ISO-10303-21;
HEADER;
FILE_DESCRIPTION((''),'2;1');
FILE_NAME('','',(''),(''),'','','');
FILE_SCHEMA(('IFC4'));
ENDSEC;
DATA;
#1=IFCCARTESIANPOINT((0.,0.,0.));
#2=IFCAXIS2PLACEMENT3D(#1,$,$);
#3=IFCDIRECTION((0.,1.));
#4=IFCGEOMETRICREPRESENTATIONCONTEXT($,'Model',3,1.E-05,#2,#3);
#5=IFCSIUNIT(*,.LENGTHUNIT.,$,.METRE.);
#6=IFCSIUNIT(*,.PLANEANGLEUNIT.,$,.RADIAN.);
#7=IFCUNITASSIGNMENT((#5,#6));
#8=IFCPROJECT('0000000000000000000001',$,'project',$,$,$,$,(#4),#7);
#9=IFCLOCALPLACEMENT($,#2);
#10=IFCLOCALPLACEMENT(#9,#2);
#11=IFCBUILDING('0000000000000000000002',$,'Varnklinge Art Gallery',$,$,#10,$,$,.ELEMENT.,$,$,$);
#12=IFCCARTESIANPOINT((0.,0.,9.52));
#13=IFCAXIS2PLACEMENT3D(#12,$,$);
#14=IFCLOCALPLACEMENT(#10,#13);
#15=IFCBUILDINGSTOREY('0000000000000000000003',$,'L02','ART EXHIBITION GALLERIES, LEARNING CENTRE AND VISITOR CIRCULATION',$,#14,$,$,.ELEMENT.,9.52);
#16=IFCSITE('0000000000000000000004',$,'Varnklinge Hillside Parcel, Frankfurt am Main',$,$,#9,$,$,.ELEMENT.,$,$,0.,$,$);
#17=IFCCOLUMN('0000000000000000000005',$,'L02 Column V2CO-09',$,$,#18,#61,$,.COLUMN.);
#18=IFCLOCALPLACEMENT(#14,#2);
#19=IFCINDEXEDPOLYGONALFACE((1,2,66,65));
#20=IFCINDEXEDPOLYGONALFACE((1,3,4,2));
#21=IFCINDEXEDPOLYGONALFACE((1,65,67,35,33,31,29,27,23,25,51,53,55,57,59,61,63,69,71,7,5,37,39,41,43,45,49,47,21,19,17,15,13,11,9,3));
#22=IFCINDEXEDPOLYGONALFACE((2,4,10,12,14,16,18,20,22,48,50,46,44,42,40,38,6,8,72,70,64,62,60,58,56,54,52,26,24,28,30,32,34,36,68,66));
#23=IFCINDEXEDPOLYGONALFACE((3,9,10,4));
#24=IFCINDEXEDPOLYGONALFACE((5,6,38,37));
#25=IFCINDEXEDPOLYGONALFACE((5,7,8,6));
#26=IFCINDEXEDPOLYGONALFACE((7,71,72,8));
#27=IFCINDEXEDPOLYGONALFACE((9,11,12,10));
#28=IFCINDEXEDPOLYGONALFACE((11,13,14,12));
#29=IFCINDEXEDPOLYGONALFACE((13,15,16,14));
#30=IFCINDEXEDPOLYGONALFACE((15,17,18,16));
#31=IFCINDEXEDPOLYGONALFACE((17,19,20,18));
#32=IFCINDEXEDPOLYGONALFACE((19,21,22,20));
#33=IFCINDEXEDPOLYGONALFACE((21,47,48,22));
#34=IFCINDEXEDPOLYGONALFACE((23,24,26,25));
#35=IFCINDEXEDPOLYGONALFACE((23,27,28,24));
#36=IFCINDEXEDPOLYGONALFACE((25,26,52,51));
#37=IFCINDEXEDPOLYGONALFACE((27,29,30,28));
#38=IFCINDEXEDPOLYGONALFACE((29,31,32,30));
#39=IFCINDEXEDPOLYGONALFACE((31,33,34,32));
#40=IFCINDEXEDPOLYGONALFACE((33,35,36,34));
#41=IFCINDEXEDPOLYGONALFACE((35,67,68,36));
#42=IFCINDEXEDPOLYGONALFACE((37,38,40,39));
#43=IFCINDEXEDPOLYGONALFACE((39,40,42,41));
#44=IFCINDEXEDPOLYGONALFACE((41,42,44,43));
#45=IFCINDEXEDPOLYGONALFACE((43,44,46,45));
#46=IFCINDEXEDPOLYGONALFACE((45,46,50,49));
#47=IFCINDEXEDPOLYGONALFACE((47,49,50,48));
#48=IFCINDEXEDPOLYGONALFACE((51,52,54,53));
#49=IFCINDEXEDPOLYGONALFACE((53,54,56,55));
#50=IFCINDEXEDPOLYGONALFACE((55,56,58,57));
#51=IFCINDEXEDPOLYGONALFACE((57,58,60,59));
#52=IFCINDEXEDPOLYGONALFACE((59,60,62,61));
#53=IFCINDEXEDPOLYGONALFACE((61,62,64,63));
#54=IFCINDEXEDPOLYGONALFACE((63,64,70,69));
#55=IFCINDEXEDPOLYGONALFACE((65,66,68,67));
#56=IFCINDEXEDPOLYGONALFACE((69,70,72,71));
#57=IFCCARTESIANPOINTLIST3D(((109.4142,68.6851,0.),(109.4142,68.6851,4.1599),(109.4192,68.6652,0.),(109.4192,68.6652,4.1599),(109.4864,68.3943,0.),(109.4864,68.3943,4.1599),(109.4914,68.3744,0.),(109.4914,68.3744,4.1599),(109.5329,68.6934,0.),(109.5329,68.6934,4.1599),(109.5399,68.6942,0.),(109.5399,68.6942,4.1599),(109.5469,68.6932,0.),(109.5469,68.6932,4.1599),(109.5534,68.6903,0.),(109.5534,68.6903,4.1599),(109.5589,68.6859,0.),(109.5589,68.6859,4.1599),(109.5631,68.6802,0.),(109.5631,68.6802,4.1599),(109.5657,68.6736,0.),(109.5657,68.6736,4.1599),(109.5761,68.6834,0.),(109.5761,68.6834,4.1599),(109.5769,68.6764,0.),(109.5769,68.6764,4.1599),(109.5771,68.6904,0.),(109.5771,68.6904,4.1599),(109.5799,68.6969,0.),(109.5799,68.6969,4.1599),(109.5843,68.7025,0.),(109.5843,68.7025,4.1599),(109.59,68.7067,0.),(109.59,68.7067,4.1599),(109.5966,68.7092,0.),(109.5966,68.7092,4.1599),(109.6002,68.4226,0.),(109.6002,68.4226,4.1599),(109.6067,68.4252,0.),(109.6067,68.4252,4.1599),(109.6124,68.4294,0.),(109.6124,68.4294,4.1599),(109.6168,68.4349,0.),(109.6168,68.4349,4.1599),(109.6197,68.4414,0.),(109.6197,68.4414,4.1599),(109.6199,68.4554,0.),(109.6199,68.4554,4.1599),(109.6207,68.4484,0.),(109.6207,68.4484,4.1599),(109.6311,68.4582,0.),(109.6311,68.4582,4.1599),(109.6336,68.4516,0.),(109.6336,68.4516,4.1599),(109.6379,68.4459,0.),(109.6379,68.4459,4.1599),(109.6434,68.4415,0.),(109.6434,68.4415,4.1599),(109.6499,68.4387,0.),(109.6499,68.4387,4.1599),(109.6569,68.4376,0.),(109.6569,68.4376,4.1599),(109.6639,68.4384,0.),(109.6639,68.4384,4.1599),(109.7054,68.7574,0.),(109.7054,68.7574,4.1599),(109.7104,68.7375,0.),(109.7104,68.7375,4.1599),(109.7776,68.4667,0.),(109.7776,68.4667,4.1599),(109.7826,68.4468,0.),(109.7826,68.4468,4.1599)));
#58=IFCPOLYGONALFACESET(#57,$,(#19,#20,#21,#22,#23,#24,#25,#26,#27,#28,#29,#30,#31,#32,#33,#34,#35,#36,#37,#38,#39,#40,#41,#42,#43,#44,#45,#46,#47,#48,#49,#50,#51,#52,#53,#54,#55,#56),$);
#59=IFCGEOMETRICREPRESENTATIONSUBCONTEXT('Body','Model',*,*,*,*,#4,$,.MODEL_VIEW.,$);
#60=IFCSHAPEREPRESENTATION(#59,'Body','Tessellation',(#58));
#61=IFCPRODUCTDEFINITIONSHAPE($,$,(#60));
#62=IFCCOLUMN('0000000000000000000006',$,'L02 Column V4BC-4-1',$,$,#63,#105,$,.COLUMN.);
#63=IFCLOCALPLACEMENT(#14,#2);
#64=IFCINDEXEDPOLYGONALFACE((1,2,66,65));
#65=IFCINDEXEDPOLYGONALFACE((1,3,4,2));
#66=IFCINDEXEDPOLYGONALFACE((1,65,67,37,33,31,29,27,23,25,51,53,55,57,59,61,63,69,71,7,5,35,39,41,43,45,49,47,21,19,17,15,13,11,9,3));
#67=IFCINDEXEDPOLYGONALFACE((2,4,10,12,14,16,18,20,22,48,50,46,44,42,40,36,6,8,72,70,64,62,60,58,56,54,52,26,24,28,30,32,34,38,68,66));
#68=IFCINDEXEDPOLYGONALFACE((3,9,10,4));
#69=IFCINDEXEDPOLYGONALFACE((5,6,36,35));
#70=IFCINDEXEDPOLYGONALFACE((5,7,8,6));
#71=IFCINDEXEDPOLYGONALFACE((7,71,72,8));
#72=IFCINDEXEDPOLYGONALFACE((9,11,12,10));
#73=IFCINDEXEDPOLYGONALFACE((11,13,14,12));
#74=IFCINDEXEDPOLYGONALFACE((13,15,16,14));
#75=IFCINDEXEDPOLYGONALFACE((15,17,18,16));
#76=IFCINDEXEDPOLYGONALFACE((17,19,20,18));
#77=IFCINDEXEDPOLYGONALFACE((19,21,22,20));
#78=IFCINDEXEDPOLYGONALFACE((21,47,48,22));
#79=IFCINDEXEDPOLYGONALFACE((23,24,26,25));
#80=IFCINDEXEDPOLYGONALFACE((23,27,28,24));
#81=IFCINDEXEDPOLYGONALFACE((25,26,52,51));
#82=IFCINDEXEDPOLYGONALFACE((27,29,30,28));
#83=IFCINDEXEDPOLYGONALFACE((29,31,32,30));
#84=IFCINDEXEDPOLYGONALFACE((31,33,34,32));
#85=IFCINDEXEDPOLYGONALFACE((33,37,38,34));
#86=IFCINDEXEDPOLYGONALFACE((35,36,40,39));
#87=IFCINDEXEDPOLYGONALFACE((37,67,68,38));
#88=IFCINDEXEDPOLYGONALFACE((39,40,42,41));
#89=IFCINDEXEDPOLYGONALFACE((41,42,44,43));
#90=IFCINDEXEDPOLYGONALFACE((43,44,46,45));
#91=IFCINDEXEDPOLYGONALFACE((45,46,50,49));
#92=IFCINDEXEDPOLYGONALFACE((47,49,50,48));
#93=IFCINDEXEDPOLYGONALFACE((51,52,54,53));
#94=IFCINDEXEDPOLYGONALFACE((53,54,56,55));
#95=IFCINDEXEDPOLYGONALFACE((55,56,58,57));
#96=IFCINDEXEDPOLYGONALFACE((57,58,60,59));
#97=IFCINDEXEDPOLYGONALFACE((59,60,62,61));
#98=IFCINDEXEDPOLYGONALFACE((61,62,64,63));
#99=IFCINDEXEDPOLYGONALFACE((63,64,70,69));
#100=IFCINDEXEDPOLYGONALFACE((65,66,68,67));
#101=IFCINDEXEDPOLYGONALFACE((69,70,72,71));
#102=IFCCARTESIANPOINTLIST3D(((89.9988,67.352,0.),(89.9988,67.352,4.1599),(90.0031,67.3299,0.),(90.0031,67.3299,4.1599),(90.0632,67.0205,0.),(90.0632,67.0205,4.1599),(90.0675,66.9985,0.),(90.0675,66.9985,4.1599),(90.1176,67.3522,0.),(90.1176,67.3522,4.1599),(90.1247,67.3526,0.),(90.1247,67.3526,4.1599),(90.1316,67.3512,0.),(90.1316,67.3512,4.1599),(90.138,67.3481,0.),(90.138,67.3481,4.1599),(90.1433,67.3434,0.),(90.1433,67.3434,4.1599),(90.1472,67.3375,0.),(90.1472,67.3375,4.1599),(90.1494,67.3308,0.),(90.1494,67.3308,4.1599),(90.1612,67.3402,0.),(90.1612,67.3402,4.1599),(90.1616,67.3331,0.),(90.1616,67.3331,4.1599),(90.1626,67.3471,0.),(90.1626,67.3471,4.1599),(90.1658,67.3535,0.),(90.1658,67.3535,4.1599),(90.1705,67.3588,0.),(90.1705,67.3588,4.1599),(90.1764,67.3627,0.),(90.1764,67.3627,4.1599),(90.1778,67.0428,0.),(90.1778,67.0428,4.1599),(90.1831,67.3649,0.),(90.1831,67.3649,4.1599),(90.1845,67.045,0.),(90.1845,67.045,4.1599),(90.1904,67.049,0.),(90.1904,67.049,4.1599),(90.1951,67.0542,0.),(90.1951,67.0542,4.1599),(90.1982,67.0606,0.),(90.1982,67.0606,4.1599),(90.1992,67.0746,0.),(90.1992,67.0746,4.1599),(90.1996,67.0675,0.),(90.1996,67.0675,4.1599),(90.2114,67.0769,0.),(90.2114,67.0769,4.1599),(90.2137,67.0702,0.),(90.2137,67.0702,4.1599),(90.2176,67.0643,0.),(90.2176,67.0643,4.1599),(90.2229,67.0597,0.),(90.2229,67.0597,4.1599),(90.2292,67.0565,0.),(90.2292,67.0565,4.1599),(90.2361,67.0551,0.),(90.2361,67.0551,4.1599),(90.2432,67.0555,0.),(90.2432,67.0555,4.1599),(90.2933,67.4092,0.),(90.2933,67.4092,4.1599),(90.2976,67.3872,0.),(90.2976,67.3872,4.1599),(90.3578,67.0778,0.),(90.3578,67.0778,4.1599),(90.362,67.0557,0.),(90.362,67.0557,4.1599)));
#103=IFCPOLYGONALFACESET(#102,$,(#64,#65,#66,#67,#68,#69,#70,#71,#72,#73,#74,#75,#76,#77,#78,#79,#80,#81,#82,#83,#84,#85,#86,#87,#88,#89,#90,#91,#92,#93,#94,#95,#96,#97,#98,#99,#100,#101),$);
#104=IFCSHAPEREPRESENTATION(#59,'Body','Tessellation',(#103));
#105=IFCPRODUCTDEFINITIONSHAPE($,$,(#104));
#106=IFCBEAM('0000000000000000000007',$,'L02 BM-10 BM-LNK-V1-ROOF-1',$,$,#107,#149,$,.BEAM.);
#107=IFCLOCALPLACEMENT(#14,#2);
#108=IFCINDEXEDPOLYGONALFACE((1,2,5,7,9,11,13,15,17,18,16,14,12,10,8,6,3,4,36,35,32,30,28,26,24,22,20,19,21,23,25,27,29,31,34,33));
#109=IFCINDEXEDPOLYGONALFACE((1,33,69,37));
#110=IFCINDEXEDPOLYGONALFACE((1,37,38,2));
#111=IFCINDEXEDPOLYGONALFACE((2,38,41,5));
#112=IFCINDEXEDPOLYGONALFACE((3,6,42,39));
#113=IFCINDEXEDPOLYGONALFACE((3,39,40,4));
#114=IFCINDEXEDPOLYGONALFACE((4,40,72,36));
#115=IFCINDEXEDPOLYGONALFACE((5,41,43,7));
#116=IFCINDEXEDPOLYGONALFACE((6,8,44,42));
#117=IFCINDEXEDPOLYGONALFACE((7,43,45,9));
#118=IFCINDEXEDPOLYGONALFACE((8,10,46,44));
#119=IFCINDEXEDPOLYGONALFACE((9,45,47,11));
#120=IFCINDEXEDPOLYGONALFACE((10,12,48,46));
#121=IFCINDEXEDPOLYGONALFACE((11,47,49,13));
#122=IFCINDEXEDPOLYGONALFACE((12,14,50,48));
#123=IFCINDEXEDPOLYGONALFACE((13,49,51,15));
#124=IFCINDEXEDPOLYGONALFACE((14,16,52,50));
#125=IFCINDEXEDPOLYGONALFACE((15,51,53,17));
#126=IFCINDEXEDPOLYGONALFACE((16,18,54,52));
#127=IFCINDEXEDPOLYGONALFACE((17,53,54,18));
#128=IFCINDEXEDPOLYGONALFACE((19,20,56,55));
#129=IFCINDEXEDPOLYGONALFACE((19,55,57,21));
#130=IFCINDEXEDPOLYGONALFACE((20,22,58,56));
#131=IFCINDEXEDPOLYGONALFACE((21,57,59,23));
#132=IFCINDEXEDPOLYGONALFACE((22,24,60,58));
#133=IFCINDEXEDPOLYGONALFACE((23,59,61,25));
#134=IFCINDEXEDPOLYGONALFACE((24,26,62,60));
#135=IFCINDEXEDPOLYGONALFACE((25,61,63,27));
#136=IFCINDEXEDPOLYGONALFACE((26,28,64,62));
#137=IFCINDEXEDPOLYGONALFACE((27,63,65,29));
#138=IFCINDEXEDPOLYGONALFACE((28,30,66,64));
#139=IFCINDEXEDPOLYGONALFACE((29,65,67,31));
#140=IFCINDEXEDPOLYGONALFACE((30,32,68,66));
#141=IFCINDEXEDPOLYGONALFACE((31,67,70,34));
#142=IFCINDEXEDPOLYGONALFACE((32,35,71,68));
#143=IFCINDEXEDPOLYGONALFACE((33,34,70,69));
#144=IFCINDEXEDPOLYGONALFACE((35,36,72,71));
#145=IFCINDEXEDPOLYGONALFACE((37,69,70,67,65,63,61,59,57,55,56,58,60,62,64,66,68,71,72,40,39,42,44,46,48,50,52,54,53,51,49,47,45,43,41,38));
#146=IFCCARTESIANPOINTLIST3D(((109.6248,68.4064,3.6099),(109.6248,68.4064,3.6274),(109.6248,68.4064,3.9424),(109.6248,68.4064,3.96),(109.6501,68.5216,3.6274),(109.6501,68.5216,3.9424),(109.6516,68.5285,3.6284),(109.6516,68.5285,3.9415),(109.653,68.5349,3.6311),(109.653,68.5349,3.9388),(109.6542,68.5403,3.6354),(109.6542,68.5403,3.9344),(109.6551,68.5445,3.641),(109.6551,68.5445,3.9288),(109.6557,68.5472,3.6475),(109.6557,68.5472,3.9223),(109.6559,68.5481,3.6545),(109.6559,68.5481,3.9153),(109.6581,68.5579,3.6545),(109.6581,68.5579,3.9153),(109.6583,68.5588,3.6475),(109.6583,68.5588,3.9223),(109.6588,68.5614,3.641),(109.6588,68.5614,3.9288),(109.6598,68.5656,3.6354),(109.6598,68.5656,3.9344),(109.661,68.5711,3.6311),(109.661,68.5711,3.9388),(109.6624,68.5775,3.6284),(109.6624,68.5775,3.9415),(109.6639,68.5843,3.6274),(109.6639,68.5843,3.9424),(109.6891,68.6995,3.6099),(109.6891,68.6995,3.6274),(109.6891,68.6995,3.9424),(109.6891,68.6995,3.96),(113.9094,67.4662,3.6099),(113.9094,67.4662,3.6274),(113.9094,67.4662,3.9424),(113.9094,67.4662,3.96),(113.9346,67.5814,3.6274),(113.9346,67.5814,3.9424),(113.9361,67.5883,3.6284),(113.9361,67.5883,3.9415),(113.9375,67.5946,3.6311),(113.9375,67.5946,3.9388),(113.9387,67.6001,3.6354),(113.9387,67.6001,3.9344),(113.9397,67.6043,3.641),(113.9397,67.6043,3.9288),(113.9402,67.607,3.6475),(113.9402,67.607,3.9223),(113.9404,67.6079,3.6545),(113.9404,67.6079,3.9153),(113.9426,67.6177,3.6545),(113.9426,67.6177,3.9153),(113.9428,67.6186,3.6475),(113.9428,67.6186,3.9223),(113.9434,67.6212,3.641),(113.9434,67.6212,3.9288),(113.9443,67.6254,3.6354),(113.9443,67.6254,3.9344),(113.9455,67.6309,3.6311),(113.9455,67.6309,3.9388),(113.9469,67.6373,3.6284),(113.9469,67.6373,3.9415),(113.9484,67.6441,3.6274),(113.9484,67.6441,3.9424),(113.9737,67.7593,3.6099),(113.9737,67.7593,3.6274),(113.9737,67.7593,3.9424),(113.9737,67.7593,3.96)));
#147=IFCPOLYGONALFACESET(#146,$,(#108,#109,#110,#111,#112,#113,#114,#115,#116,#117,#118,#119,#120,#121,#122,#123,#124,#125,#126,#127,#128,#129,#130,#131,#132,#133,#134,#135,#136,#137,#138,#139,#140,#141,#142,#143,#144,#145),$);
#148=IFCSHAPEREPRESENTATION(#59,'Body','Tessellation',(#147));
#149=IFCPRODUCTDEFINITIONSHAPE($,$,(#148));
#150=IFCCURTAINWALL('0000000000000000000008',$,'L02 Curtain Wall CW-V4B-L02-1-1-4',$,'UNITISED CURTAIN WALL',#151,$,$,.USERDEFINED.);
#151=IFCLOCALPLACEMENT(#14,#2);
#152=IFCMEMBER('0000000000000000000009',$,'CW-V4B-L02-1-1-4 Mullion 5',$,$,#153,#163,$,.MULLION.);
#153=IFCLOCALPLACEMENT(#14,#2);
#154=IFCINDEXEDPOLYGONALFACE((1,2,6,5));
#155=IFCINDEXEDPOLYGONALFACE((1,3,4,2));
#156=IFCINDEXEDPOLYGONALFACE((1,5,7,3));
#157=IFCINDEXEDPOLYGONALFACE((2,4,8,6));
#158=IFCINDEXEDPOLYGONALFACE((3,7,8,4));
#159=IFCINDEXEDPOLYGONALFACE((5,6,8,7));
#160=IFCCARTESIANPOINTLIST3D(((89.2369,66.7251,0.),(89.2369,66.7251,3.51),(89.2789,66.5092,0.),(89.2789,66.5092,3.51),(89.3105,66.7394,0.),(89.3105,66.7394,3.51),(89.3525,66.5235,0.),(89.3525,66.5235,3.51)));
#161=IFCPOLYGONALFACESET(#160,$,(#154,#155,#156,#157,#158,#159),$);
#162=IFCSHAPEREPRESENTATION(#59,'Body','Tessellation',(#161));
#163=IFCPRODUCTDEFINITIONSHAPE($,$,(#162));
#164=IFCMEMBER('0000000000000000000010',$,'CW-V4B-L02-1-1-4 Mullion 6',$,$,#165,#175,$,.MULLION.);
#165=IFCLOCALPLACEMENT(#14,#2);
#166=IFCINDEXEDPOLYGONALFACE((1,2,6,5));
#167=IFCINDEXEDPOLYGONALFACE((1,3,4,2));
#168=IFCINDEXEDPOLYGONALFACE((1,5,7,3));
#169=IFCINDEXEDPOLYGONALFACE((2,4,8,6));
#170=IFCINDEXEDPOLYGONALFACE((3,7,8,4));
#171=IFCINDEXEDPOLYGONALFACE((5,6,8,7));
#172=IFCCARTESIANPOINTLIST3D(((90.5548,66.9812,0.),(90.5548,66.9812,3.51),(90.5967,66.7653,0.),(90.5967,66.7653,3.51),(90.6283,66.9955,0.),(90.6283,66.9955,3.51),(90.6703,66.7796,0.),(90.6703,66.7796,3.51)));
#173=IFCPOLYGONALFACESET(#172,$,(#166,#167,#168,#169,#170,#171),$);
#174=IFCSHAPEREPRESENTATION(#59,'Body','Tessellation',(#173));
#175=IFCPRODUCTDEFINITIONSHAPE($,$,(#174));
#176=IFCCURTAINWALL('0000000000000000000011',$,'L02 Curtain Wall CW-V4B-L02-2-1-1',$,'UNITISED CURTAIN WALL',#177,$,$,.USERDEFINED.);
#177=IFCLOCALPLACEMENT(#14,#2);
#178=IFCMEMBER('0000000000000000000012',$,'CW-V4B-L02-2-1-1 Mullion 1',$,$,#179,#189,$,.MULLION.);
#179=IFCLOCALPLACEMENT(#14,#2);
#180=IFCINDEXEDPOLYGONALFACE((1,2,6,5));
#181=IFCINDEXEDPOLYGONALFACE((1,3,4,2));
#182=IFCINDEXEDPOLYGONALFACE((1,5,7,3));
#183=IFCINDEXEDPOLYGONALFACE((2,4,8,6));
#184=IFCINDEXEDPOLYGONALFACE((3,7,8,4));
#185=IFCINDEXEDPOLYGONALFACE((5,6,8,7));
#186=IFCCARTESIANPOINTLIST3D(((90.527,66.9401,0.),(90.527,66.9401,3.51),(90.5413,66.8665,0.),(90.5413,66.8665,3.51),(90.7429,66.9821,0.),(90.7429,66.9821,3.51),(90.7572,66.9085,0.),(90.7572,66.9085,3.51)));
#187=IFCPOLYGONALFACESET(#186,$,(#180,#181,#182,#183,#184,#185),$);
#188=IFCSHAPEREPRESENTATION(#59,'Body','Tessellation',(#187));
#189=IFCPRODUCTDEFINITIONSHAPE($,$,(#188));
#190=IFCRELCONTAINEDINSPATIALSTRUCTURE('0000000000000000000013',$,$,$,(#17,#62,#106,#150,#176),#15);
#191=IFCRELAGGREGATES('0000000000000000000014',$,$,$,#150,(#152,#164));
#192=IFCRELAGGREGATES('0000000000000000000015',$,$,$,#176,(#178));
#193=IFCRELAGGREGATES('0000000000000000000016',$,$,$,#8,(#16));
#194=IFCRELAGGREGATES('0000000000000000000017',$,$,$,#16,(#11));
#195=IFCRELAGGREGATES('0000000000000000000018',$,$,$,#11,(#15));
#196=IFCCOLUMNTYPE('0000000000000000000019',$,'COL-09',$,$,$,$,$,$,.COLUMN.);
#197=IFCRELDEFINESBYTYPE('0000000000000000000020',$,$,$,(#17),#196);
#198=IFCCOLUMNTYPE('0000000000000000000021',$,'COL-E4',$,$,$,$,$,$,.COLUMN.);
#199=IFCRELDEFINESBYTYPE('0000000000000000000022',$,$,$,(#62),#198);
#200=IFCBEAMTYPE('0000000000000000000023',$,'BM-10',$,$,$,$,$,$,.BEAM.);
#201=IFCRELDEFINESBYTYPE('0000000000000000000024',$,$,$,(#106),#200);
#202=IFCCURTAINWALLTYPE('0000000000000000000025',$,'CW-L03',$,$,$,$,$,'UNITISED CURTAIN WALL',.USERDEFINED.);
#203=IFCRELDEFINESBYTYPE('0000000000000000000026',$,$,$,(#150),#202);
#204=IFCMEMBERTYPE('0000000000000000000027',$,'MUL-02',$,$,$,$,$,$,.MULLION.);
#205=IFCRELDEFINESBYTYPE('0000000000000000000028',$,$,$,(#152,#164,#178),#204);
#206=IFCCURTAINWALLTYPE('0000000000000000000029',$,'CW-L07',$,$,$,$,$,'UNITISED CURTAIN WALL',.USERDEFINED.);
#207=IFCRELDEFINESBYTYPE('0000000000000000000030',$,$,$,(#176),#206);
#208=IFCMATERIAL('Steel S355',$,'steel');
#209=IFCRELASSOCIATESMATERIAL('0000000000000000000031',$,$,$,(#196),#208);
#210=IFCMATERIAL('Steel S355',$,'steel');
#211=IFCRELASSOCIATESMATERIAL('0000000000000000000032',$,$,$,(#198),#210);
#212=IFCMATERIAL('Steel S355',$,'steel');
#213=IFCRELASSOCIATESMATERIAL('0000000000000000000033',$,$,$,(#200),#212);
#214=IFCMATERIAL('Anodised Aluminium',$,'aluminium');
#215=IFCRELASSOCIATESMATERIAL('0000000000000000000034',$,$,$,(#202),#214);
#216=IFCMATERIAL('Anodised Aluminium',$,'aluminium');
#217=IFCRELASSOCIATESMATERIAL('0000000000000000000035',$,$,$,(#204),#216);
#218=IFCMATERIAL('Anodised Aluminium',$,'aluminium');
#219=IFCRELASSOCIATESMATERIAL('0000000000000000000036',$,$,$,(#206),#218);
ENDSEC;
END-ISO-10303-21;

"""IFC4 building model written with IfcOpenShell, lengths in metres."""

from ifc_helpers import new_model, si_unit, direction, frame, origin, origin_2d, place, context, subcontext, project, spatial, rectangle, i_section, extrude, material, material_profile, profile_set, type_object, element, aggregate, save


model = new_model("IFC4")

# Units and contexts
model_context = context("Model", 3, precision=1e-05, world=origin(), true_north=direction((0.0, 1.0)))
body_context = subcontext(model_context, "Body", "Model", "MODEL_VIEW")
ifc_project = project(units=[si_unit("LENGTHUNIT", "METRE"), si_unit("PLANEANGLEUNIT", "RADIAN")], contexts=[model_context])

# Site, building, storey
site_placement = place(None, origin())
site = spatial("IfcSite", under=ifc_project, at=site_placement, Name="Varnklinge Hillside Parcel, Frankfurt am Main", CompositionType="ELEMENT", RefElevation=0.0)
building_placement = place(site_placement, origin())
building = spatial("IfcBuilding", under=site, at=building_placement, Name="Varnklinge Art Gallery", CompositionType="ELEMENT")
storey_placement = place(building_placement, frame((0.0, 0.0, 9.52)))
storey = spatial("IfcBuildingStorey", under=building, at=storey_placement, Name="L02", Description="ART EXHIBITION GALLERIES, LEARNING CENTRE AND VISITOR CIRCULATION", CompositionType="ELEMENT", Elevation=9.52)

# Columns
ifc_material_1 = material(Name="Steel S355", Category="steel")
ifc_material_profile_1 = material_profile(ifc_material_1, i_section(OverallWidth=0.3, OverallDepth=0.3201, WebThickness=0.0115, FlangeThickness=0.0205, FilletRadius=0.0271, at=origin_2d()), Name="HEB 320")
ifc_profile_set_1 = profile_set([ifc_material_profile_1], Name="Steel S355")
column_type_1 = type_object("IfcColumnType", Name="COL-09", PredefinedType="COLUMN", material=ifc_profile_set_1)
column_1_placement = place(storey_placement, frame((109.5984, 68.5659, 0.0), z_axis=(0.0, 0.0, 1.0), x_axis=(-0.970506, -0.241075, 0.0)))
element("IfcColumn", 1, at=column_1_placement, inside=storey, type_object=column_type_1, Name="L02 Column V2CO-09", PredefinedType="COLUMN", context=body_context, shape_type="SweptSolid", body=[
    extrude(i_section(OverallWidth=0.3, OverallDepth=0.3201, WebThickness=0.0115, FlangeThickness=0.0205, FilletRadius=0.0271, at=origin_2d()), origin(), (0.0, 0.0, 1.0), 4.1599),
])
ifc_material_2 = material(Name="Steel S355", Category="steel")
ifc_material_profile_2 = material_profile(ifc_material_2, i_section(OverallWidth=0.3, OverallDepth=0.3601, WebThickness=0.0125, FlangeThickness=0.0225, FilletRadius=0.0271, at=origin_2d()), Name="HEB 360")
ifc_profile_set_2 = profile_set([ifc_material_profile_2], Name="Steel S355")
column_type_2 = type_object("IfcColumnType", Name="COL-E4", PredefinedType="COLUMN", material=ifc_profile_set_2)
column_2_placement = place(storey_placement, frame((90.1804, 67.2039, 0.0), z_axis=(0.0, 0.0, 1.0), x_axis=(0.981627, 0.190809, 0.0)))
element("IfcColumn", 2, at=column_2_placement, inside=storey, type_object=column_type_2, Name="L02 Column V4BC-4-1", PredefinedType="COLUMN", context=body_context, shape_type="SweptSolid", body=[
    extrude(i_section(OverallWidth=0.3, OverallDepth=0.3601, WebThickness=0.0125, FlangeThickness=0.0225, FilletRadius=0.0271, at=origin_2d()), origin(), (0.0, 0.0, 1.0), 4.1599),
])

# Beam
ifc_material_3 = material(Name="Steel S355", Category="steel")
ifc_material_profile_3 = material_profile(ifc_material_3, i_section(OverallWidth=0.3, OverallDepth=0.3501, WebThickness=0.01, FlangeThickness=0.0176, FilletRadius=0.0271, at=origin_2d()), Name="HEA 360")
ifc_profile_set_3 = profile_set([ifc_material_profile_3], Name="Steel S355")
beam_type_1 = type_object("IfcBeamType", Name="BM-10", PredefinedType="BEAM", material=ifc_profile_set_3)
beam_1_placement = place(storey_placement, frame((109.657, 68.553, 3.7849), z_axis=(0.976759, -0.214343, 0.0), x_axis=(0.214343, 0.976759, 0.0)))
element("IfcBeam", 3, at=beam_1_placement, inside=storey, type_object=beam_type_1, Name="L02 BM-10 BM-LNK-V1-ROOF-1", PredefinedType="BEAM", context=body_context, shape_type="SweptSolid", body=[
    extrude(i_section(OverallWidth=0.3, OverallDepth=0.3501, WebThickness=0.01, FlangeThickness=0.0176, FilletRadius=0.0271, at=origin_2d()), origin(), (0.0, 0.0, 1.0), 4.3865),
])

# Curtain walls, members
ifc_material_4 = material(Name="Anodised Aluminium", Category="aluminium")
curtain_wall_type_1 = type_object("IfcCurtainWallType", Name="CW-L03", ElementType="UNITISED CURTAIN WALL", PredefinedType="USERDEFINED", material=ifc_material_4)
curtain_wall_1_placement = place(storey_placement, origin())
curtain_wall_1 = element("IfcCurtainWall", 4, at=curtain_wall_1_placement, inside=storey, type_object=curtain_wall_type_1, Name="L02 Curtain Wall CW-V4B-L02-1-1-4", ObjectType="UNITISED CURTAIN WALL", PredefinedType="USERDEFINED")
ifc_material_5 = material(Name="Anodised Aluminium", Category="aluminium")
ifc_material_profile_4 = material_profile(ifc_material_5, rectangle(XDim=0.075, YDim=0.22, at=origin_2d()), Name="ALU 75x220")
ifc_profile_set_4 = profile_set([ifc_material_profile_4], Name="Anodised Aluminium")
member_type_1 = type_object("IfcMemberType", Name="MUL-02", PredefinedType="MULLION", material=ifc_profile_set_4)
member_1_placement = place(storey_placement, frame((89.2947, 66.6243, 0.0), z_axis=(0.0, 0.0, 1.0), x_axis=(0.981627, 0.190809, 0.0)))
member_1 = element("IfcMember", 5, at=member_1_placement, type_object=member_type_1, Name="CW-V4B-L02-1-1-4 Mullion 5", PredefinedType="MULLION", context=body_context, shape_type="SweptSolid", body=[
    extrude(rectangle(XDim=0.075, YDim=0.22, at=origin_2d()), origin(), (0.0, 0.0, 1.0), 3.51),
])
member_2_placement = place(storey_placement, frame((90.6125, 66.8804, 0.0), z_axis=(0.0, 0.0, 1.0), x_axis=(0.981627, 0.190809, 0.0)))
member_2 = element("IfcMember", 6, at=member_2_placement, type_object=member_type_1, Name="CW-V4B-L02-1-1-4 Mullion 6", PredefinedType="MULLION", context=body_context, shape_type="SweptSolid", body=[
    extrude(rectangle(XDim=0.075, YDim=0.22, at=origin_2d()), origin(), (0.0, 0.0, 1.0), 3.51),
])
ifc_material_6 = material(Name="Anodised Aluminium", Category="aluminium")
curtain_wall_type_2 = type_object("IfcCurtainWallType", Name="CW-L07", ElementType="UNITISED CURTAIN WALL", PredefinedType="USERDEFINED", material=ifc_material_6)
curtain_wall_2_placement = place(storey_placement, origin())
curtain_wall_2 = element("IfcCurtainWall", 7, at=curtain_wall_2_placement, inside=storey, type_object=curtain_wall_type_2, Name="L02 Curtain Wall CW-V4B-L02-2-1-1", ObjectType="UNITISED CURTAIN WALL", PredefinedType="USERDEFINED")
member_3_placement = place(storey_placement, frame((90.6421, 66.9243, 0.0), z_axis=(0.0, 0.0, 1.0), x_axis=(-0.190809, 0.981627, 0.0)))
member_3 = element("IfcMember", 8, at=member_3_placement, type_object=member_type_1, Name="CW-V4B-L02-2-1-1 Mullion 1", PredefinedType="MULLION", context=body_context, shape_type="SweptSolid", body=[
    extrude(rectangle(XDim=0.075, YDim=0.22, at=origin_2d()), origin(), (0.0, 0.0, 1.0), 3.51),
])

aggregate(curtain_wall_1, [member_1, member_2])
aggregate(curtain_wall_2, [member_3])

save(model, "model.ifc")
